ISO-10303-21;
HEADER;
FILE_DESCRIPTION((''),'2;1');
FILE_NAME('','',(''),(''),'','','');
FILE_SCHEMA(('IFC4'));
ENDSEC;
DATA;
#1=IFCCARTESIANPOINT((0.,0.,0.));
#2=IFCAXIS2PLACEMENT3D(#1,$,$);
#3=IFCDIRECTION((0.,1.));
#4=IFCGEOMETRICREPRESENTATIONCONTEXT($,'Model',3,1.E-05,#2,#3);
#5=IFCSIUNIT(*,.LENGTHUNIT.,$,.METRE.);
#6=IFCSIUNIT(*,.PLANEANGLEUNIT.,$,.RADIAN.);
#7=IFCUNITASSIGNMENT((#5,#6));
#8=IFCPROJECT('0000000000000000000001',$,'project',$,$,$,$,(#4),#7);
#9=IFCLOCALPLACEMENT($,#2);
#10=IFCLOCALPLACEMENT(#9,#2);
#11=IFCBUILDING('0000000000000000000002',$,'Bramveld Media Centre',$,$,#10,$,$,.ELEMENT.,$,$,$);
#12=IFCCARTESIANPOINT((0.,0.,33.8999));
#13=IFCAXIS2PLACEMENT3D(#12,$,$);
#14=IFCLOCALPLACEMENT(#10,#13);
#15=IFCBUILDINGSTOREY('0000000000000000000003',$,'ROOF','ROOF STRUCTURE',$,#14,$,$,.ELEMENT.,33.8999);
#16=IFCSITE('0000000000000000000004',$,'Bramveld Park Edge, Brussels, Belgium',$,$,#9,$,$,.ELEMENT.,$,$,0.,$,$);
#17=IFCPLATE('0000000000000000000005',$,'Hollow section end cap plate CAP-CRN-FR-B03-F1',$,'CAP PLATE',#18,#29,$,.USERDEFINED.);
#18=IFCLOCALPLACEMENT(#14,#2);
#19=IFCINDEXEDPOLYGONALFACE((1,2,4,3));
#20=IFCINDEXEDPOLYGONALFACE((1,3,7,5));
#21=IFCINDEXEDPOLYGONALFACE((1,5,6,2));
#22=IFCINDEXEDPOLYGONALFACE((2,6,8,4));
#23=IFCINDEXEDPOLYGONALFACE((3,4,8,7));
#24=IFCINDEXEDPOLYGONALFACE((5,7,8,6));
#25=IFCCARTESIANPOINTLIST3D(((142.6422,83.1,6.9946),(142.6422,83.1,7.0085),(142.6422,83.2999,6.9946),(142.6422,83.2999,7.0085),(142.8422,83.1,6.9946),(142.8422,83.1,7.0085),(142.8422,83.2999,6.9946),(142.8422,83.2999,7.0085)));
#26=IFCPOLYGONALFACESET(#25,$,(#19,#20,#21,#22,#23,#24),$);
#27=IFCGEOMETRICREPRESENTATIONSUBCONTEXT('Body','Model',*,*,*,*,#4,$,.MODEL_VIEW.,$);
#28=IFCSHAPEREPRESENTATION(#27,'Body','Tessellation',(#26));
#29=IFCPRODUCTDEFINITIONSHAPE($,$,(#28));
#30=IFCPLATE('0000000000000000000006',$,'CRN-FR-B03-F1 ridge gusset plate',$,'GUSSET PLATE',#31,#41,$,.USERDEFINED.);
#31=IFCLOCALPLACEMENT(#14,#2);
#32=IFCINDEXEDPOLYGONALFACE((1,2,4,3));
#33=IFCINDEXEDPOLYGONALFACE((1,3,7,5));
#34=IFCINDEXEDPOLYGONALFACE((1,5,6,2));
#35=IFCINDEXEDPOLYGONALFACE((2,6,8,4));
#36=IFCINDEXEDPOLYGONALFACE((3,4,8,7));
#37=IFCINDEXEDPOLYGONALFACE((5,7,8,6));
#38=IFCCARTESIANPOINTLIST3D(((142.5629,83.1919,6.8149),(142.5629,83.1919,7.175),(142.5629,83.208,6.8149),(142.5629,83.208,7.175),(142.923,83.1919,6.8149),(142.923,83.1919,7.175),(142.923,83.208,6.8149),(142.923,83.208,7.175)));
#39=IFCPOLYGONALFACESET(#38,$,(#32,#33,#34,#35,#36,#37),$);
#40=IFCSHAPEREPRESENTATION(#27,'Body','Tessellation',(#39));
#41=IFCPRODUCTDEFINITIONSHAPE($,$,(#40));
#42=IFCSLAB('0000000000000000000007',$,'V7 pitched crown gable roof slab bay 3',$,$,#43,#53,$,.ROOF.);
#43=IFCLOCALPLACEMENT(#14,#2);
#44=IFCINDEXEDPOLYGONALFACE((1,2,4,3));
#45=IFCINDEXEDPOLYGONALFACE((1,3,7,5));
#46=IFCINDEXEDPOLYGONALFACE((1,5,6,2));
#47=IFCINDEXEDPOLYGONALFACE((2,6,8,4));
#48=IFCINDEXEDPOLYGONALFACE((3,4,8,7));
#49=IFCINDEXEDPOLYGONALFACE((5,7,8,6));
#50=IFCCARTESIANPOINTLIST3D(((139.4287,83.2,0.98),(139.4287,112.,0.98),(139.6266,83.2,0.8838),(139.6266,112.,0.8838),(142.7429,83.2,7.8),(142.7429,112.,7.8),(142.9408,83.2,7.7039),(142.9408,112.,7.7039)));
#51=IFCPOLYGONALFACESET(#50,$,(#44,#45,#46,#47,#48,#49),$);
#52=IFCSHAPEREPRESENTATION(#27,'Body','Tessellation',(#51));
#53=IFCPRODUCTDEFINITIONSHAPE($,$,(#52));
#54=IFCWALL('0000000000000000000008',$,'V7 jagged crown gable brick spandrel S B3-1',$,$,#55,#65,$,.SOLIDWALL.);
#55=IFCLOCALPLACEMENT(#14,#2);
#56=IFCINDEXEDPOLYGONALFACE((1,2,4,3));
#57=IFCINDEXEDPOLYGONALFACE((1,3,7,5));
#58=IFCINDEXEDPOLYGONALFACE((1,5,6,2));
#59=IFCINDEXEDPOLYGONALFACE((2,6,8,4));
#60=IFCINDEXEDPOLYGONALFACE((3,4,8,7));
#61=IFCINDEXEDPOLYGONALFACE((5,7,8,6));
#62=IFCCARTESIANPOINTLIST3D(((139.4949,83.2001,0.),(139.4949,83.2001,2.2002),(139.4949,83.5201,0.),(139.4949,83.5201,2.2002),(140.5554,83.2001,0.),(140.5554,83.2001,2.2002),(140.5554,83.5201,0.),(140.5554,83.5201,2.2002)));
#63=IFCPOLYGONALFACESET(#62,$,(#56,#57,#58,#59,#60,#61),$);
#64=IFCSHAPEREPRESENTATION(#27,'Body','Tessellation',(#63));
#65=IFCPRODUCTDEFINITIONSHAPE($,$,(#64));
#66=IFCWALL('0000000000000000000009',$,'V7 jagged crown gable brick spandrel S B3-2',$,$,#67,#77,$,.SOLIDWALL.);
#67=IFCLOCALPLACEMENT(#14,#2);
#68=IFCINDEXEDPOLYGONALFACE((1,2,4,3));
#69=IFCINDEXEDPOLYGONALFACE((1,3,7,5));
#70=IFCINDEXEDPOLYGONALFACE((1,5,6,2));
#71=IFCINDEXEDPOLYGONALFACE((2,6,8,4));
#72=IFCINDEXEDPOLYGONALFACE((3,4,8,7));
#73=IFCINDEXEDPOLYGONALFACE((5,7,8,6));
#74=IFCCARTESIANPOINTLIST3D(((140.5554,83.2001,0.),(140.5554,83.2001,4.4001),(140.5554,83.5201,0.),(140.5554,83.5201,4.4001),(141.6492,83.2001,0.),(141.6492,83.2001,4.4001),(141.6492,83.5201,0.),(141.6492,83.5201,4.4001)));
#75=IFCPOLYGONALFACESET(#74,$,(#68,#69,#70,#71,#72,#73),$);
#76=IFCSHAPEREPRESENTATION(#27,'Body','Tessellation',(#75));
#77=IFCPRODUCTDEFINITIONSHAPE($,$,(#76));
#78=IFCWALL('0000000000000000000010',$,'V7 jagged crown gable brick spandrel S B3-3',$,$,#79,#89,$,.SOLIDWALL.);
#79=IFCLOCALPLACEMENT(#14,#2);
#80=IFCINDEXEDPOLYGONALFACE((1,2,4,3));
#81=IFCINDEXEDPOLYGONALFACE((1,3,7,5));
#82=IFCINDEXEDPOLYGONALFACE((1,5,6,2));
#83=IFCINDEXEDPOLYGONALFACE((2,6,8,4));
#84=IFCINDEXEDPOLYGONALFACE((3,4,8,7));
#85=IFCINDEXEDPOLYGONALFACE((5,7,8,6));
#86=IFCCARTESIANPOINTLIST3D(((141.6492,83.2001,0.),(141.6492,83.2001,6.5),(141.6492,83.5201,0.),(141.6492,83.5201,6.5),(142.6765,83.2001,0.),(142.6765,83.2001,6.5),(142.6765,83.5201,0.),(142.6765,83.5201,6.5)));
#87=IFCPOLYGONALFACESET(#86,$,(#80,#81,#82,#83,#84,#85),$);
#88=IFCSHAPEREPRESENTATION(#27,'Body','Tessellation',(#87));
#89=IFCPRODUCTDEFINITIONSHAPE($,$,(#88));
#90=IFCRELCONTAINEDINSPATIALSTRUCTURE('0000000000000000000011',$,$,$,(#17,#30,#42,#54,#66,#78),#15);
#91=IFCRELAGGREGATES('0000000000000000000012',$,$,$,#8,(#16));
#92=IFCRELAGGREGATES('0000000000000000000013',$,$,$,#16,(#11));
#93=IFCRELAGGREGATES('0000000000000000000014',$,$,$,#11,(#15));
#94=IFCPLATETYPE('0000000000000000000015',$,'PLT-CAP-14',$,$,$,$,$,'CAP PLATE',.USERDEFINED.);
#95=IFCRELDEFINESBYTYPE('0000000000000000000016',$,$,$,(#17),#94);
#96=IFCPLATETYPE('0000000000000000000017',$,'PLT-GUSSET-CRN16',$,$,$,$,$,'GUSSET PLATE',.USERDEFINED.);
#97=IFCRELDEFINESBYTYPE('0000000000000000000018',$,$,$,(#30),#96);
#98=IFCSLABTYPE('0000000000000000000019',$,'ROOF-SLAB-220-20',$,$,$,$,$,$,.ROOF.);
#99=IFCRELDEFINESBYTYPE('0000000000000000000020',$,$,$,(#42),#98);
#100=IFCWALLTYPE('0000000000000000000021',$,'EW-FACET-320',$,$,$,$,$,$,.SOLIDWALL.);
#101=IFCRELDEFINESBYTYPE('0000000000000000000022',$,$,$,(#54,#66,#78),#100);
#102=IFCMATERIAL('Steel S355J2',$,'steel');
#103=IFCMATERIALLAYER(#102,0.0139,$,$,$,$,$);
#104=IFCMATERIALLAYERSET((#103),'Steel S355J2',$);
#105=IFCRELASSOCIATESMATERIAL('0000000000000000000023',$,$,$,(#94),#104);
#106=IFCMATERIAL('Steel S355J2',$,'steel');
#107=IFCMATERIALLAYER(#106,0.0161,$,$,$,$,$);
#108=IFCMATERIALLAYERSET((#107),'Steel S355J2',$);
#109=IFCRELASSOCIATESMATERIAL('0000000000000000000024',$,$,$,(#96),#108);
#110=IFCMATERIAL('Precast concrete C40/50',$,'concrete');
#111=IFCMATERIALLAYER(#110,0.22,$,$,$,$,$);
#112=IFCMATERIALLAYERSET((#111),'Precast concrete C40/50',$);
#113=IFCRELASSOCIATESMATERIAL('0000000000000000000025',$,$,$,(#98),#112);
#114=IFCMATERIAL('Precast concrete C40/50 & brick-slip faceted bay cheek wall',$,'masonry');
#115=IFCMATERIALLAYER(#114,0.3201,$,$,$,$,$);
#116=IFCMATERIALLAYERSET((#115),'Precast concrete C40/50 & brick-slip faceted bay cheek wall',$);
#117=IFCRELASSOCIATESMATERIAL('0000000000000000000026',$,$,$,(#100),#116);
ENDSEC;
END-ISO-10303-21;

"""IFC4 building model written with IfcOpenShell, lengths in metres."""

from ifc_helpers import new_model, si_unit, direction, frame, frame_2d, origin, origin_2d, place, context, subcontext, project, spatial, polyline, rectangle, outline, extrude, material, layer, layer_set, type_object, element, save


model = new_model("IFC4")

# Units and contexts
model_context = context("Model", 3, precision=1e-05, world=origin(), true_north=direction((0.0, 1.0)))
body_context = subcontext(model_context, "Body", "Model", "MODEL_VIEW")
ifc_project = project(units=[si_unit("LENGTHUNIT", "METRE"), si_unit("PLANEANGLEUNIT", "RADIAN")], contexts=[model_context])

# Site, building, storey
site_placement = place(None, origin())
site = spatial("IfcSite", under=ifc_project, at=site_placement, Name="Bramveld Park Edge, Brussels, Belgium", CompositionType="ELEMENT", RefElevation=0.0)
building_placement = place(site_placement, origin())
building = spatial("IfcBuilding", under=site, at=building_placement, Name="Bramveld Media Centre", CompositionType="ELEMENT")
storey_placement = place(building_placement, frame((0.0, 0.0, 33.8999)))
storey = spatial("IfcBuildingStorey", under=building, at=storey_placement, Name="ROOF", Description="ROOF STRUCTURE", CompositionType="ELEMENT", Elevation=33.8999)

# Plates
ifc_material_1 = material(Name="Steel S355J2", Category="steel")
ifc_layer_1 = layer(ifc_material_1, 0.0139)
ifc_layer_set_1 = layer_set([ifc_layer_1], Name="Steel S355J2")
plate_type_1 = type_object("IfcPlateType", Name="PLT-CAP-14", ElementType="CAP PLATE", PredefinedType="USERDEFINED", material=ifc_layer_set_1)
for number, where, z_axis, x_axis, name in (
    (1, (142.7422, 83.2, 6.9946), (0.0, 0.0, 1.0), (1.0, 0.0, 0.0), "Hollow section end cap plate CAP-CRN-FR-B03-F1"),
):
    element("IfcPlate", number, at=place(storey_placement, frame(where, z_axis=z_axis, x_axis=x_axis)), inside=storey, type_object=plate_type_1, Name=name, ObjectType="CAP PLATE", PredefinedType="USERDEFINED", context=body_context, shape_type="SweptSolid", body=[
        extrude(rectangle(XDim=0.2, YDim=0.2, at=origin_2d()), origin(), (0.0, 0.0, 1.0), 0.0139),
    ])
ifc_material_2 = material(Name="Steel S355J2", Category="steel")
ifc_layer_2 = layer(ifc_material_2, 0.0161)
ifc_layer_set_2 = layer_set([ifc_layer_2], Name="Steel S355J2")
plate_type_2 = type_object("IfcPlateType", Name="PLT-GUSSET-CRN16", ElementType="GUSSET PLATE", PredefinedType="USERDEFINED", material=ifc_layer_set_2)
plate_1_placement = place(storey_placement, frame((142.7429, 83.2, 6.8149), z_axis=(0.0, 0.0, 1.0), x_axis=(1.0, 0.0, 0.0)))
element("IfcPlate", 2, at=plate_1_placement, inside=storey, type_object=plate_type_2, Name="CRN-FR-B03-F1 ridge gusset plate", ObjectType="GUSSET PLATE", PredefinedType="USERDEFINED", context=body_context, shape_type="SweptSolid", body=[
    extrude(rectangle(XDim=0.3601, YDim=0.0161, at=origin_2d()), origin(), (0.0, 0.0, 1.0), 0.3601),
])

# Slab
ifc_material_3 = material(Name="Precast concrete C40/50", Category="concrete")
ifc_layer_3 = layer(ifc_material_3, 0.22)
ifc_layer_set_3 = layer_set([ifc_layer_3], Name="Precast concrete C40/50")
slab_type = type_object("IfcSlabType", Name="ROOF-SLAB-220-20", PredefinedType="ROOF", material=ifc_layer_set_3)
slab_placement = place(storey_placement, frame((139.4287, 83.2, 0.98), z_axis=(-0.899425, 0.0, 0.437075), x_axis=(0.437075, 0.0, 0.899425)))
element("IfcSlab", 3, at=slab_placement, inside=storey, type_object=slab_type, Name="V7 pitched crown gable roof slab bay 3", PredefinedType="ROOF", context=body_context, shape_type="SweptSolid", body=[
    extrude(outline(polyline([(0.0, 0.0), (7.5827, 0.0), (7.5827, 28.8), (0.0, 28.8), (0.0, 0.0)])), origin(), (0.0, 0.0, -1.0), 0.22),
])

# Walls
ifc_material_4 = material(Name="Precast concrete C40/50 & brick-slip faceted bay cheek wall", Category="masonry")
ifc_layer_4 = layer(ifc_material_4, 0.3201)
ifc_layer_set_4 = layer_set([ifc_layer_4], Name="Precast concrete C40/50 & brick-slip faceted bay cheek wall")
wall_type = type_object("IfcWallType", Name="EW-FACET-320", PredefinedType="SOLIDWALL", material=ifc_layer_set_4)
wall_1_placement = place(storey_placement, frame((140.5554, 83.3601, 0.0), z_axis=(0.0, 0.0, 1.0), x_axis=(-1.0, 0.0, 0.0)))
element("IfcWall", 4, at=wall_1_placement, inside=storey, type_object=wall_type, Name="V7 jagged crown gable brick spandrel S B3-1", PredefinedType="SOLIDWALL", context=body_context, shape_type="SweptSolid", body=[
    extrude(rectangle(XDim=1.0605, YDim=0.3201, at=frame_2d((0.5303, 0.0))), origin(), (0.0, 0.0, 1.0), 2.2002),
])
wall_2_placement = place(storey_placement, frame((141.6492, 83.3601, 0.0), z_axis=(0.0, 0.0, 1.0), x_axis=(-1.0, 0.0, 0.0)))
element("IfcWall", 5, at=wall_2_placement, inside=storey, type_object=wall_type, Name="V7 jagged crown gable brick spandrel S B3-2", PredefinedType="SOLIDWALL", context=body_context, shape_type="SweptSolid", body=[
    extrude(rectangle(XDim=1.0938, YDim=0.3201, at=frame_2d((0.5469, 0.0))), origin(), (0.0, 0.0, 1.0), 4.4001),
])
wall_3_placement = place(storey_placement, frame((142.6765, 83.3601, 0.0), z_axis=(0.0, 0.0, 1.0), x_axis=(-1.0, 0.0, 0.0)))
element("IfcWall", 6, at=wall_3_placement, inside=storey, type_object=wall_type, Name="V7 jagged crown gable brick spandrel S B3-3", PredefinedType="SOLIDWALL", context=body_context, shape_type="SweptSolid", body=[
    extrude(rectangle(XDim=1.0273, YDim=0.3201, at=frame_2d((0.5137, 0.0))), origin(), (0.0, 0.0, 1.0), 6.5),
])

save(model, "model.ifc")
